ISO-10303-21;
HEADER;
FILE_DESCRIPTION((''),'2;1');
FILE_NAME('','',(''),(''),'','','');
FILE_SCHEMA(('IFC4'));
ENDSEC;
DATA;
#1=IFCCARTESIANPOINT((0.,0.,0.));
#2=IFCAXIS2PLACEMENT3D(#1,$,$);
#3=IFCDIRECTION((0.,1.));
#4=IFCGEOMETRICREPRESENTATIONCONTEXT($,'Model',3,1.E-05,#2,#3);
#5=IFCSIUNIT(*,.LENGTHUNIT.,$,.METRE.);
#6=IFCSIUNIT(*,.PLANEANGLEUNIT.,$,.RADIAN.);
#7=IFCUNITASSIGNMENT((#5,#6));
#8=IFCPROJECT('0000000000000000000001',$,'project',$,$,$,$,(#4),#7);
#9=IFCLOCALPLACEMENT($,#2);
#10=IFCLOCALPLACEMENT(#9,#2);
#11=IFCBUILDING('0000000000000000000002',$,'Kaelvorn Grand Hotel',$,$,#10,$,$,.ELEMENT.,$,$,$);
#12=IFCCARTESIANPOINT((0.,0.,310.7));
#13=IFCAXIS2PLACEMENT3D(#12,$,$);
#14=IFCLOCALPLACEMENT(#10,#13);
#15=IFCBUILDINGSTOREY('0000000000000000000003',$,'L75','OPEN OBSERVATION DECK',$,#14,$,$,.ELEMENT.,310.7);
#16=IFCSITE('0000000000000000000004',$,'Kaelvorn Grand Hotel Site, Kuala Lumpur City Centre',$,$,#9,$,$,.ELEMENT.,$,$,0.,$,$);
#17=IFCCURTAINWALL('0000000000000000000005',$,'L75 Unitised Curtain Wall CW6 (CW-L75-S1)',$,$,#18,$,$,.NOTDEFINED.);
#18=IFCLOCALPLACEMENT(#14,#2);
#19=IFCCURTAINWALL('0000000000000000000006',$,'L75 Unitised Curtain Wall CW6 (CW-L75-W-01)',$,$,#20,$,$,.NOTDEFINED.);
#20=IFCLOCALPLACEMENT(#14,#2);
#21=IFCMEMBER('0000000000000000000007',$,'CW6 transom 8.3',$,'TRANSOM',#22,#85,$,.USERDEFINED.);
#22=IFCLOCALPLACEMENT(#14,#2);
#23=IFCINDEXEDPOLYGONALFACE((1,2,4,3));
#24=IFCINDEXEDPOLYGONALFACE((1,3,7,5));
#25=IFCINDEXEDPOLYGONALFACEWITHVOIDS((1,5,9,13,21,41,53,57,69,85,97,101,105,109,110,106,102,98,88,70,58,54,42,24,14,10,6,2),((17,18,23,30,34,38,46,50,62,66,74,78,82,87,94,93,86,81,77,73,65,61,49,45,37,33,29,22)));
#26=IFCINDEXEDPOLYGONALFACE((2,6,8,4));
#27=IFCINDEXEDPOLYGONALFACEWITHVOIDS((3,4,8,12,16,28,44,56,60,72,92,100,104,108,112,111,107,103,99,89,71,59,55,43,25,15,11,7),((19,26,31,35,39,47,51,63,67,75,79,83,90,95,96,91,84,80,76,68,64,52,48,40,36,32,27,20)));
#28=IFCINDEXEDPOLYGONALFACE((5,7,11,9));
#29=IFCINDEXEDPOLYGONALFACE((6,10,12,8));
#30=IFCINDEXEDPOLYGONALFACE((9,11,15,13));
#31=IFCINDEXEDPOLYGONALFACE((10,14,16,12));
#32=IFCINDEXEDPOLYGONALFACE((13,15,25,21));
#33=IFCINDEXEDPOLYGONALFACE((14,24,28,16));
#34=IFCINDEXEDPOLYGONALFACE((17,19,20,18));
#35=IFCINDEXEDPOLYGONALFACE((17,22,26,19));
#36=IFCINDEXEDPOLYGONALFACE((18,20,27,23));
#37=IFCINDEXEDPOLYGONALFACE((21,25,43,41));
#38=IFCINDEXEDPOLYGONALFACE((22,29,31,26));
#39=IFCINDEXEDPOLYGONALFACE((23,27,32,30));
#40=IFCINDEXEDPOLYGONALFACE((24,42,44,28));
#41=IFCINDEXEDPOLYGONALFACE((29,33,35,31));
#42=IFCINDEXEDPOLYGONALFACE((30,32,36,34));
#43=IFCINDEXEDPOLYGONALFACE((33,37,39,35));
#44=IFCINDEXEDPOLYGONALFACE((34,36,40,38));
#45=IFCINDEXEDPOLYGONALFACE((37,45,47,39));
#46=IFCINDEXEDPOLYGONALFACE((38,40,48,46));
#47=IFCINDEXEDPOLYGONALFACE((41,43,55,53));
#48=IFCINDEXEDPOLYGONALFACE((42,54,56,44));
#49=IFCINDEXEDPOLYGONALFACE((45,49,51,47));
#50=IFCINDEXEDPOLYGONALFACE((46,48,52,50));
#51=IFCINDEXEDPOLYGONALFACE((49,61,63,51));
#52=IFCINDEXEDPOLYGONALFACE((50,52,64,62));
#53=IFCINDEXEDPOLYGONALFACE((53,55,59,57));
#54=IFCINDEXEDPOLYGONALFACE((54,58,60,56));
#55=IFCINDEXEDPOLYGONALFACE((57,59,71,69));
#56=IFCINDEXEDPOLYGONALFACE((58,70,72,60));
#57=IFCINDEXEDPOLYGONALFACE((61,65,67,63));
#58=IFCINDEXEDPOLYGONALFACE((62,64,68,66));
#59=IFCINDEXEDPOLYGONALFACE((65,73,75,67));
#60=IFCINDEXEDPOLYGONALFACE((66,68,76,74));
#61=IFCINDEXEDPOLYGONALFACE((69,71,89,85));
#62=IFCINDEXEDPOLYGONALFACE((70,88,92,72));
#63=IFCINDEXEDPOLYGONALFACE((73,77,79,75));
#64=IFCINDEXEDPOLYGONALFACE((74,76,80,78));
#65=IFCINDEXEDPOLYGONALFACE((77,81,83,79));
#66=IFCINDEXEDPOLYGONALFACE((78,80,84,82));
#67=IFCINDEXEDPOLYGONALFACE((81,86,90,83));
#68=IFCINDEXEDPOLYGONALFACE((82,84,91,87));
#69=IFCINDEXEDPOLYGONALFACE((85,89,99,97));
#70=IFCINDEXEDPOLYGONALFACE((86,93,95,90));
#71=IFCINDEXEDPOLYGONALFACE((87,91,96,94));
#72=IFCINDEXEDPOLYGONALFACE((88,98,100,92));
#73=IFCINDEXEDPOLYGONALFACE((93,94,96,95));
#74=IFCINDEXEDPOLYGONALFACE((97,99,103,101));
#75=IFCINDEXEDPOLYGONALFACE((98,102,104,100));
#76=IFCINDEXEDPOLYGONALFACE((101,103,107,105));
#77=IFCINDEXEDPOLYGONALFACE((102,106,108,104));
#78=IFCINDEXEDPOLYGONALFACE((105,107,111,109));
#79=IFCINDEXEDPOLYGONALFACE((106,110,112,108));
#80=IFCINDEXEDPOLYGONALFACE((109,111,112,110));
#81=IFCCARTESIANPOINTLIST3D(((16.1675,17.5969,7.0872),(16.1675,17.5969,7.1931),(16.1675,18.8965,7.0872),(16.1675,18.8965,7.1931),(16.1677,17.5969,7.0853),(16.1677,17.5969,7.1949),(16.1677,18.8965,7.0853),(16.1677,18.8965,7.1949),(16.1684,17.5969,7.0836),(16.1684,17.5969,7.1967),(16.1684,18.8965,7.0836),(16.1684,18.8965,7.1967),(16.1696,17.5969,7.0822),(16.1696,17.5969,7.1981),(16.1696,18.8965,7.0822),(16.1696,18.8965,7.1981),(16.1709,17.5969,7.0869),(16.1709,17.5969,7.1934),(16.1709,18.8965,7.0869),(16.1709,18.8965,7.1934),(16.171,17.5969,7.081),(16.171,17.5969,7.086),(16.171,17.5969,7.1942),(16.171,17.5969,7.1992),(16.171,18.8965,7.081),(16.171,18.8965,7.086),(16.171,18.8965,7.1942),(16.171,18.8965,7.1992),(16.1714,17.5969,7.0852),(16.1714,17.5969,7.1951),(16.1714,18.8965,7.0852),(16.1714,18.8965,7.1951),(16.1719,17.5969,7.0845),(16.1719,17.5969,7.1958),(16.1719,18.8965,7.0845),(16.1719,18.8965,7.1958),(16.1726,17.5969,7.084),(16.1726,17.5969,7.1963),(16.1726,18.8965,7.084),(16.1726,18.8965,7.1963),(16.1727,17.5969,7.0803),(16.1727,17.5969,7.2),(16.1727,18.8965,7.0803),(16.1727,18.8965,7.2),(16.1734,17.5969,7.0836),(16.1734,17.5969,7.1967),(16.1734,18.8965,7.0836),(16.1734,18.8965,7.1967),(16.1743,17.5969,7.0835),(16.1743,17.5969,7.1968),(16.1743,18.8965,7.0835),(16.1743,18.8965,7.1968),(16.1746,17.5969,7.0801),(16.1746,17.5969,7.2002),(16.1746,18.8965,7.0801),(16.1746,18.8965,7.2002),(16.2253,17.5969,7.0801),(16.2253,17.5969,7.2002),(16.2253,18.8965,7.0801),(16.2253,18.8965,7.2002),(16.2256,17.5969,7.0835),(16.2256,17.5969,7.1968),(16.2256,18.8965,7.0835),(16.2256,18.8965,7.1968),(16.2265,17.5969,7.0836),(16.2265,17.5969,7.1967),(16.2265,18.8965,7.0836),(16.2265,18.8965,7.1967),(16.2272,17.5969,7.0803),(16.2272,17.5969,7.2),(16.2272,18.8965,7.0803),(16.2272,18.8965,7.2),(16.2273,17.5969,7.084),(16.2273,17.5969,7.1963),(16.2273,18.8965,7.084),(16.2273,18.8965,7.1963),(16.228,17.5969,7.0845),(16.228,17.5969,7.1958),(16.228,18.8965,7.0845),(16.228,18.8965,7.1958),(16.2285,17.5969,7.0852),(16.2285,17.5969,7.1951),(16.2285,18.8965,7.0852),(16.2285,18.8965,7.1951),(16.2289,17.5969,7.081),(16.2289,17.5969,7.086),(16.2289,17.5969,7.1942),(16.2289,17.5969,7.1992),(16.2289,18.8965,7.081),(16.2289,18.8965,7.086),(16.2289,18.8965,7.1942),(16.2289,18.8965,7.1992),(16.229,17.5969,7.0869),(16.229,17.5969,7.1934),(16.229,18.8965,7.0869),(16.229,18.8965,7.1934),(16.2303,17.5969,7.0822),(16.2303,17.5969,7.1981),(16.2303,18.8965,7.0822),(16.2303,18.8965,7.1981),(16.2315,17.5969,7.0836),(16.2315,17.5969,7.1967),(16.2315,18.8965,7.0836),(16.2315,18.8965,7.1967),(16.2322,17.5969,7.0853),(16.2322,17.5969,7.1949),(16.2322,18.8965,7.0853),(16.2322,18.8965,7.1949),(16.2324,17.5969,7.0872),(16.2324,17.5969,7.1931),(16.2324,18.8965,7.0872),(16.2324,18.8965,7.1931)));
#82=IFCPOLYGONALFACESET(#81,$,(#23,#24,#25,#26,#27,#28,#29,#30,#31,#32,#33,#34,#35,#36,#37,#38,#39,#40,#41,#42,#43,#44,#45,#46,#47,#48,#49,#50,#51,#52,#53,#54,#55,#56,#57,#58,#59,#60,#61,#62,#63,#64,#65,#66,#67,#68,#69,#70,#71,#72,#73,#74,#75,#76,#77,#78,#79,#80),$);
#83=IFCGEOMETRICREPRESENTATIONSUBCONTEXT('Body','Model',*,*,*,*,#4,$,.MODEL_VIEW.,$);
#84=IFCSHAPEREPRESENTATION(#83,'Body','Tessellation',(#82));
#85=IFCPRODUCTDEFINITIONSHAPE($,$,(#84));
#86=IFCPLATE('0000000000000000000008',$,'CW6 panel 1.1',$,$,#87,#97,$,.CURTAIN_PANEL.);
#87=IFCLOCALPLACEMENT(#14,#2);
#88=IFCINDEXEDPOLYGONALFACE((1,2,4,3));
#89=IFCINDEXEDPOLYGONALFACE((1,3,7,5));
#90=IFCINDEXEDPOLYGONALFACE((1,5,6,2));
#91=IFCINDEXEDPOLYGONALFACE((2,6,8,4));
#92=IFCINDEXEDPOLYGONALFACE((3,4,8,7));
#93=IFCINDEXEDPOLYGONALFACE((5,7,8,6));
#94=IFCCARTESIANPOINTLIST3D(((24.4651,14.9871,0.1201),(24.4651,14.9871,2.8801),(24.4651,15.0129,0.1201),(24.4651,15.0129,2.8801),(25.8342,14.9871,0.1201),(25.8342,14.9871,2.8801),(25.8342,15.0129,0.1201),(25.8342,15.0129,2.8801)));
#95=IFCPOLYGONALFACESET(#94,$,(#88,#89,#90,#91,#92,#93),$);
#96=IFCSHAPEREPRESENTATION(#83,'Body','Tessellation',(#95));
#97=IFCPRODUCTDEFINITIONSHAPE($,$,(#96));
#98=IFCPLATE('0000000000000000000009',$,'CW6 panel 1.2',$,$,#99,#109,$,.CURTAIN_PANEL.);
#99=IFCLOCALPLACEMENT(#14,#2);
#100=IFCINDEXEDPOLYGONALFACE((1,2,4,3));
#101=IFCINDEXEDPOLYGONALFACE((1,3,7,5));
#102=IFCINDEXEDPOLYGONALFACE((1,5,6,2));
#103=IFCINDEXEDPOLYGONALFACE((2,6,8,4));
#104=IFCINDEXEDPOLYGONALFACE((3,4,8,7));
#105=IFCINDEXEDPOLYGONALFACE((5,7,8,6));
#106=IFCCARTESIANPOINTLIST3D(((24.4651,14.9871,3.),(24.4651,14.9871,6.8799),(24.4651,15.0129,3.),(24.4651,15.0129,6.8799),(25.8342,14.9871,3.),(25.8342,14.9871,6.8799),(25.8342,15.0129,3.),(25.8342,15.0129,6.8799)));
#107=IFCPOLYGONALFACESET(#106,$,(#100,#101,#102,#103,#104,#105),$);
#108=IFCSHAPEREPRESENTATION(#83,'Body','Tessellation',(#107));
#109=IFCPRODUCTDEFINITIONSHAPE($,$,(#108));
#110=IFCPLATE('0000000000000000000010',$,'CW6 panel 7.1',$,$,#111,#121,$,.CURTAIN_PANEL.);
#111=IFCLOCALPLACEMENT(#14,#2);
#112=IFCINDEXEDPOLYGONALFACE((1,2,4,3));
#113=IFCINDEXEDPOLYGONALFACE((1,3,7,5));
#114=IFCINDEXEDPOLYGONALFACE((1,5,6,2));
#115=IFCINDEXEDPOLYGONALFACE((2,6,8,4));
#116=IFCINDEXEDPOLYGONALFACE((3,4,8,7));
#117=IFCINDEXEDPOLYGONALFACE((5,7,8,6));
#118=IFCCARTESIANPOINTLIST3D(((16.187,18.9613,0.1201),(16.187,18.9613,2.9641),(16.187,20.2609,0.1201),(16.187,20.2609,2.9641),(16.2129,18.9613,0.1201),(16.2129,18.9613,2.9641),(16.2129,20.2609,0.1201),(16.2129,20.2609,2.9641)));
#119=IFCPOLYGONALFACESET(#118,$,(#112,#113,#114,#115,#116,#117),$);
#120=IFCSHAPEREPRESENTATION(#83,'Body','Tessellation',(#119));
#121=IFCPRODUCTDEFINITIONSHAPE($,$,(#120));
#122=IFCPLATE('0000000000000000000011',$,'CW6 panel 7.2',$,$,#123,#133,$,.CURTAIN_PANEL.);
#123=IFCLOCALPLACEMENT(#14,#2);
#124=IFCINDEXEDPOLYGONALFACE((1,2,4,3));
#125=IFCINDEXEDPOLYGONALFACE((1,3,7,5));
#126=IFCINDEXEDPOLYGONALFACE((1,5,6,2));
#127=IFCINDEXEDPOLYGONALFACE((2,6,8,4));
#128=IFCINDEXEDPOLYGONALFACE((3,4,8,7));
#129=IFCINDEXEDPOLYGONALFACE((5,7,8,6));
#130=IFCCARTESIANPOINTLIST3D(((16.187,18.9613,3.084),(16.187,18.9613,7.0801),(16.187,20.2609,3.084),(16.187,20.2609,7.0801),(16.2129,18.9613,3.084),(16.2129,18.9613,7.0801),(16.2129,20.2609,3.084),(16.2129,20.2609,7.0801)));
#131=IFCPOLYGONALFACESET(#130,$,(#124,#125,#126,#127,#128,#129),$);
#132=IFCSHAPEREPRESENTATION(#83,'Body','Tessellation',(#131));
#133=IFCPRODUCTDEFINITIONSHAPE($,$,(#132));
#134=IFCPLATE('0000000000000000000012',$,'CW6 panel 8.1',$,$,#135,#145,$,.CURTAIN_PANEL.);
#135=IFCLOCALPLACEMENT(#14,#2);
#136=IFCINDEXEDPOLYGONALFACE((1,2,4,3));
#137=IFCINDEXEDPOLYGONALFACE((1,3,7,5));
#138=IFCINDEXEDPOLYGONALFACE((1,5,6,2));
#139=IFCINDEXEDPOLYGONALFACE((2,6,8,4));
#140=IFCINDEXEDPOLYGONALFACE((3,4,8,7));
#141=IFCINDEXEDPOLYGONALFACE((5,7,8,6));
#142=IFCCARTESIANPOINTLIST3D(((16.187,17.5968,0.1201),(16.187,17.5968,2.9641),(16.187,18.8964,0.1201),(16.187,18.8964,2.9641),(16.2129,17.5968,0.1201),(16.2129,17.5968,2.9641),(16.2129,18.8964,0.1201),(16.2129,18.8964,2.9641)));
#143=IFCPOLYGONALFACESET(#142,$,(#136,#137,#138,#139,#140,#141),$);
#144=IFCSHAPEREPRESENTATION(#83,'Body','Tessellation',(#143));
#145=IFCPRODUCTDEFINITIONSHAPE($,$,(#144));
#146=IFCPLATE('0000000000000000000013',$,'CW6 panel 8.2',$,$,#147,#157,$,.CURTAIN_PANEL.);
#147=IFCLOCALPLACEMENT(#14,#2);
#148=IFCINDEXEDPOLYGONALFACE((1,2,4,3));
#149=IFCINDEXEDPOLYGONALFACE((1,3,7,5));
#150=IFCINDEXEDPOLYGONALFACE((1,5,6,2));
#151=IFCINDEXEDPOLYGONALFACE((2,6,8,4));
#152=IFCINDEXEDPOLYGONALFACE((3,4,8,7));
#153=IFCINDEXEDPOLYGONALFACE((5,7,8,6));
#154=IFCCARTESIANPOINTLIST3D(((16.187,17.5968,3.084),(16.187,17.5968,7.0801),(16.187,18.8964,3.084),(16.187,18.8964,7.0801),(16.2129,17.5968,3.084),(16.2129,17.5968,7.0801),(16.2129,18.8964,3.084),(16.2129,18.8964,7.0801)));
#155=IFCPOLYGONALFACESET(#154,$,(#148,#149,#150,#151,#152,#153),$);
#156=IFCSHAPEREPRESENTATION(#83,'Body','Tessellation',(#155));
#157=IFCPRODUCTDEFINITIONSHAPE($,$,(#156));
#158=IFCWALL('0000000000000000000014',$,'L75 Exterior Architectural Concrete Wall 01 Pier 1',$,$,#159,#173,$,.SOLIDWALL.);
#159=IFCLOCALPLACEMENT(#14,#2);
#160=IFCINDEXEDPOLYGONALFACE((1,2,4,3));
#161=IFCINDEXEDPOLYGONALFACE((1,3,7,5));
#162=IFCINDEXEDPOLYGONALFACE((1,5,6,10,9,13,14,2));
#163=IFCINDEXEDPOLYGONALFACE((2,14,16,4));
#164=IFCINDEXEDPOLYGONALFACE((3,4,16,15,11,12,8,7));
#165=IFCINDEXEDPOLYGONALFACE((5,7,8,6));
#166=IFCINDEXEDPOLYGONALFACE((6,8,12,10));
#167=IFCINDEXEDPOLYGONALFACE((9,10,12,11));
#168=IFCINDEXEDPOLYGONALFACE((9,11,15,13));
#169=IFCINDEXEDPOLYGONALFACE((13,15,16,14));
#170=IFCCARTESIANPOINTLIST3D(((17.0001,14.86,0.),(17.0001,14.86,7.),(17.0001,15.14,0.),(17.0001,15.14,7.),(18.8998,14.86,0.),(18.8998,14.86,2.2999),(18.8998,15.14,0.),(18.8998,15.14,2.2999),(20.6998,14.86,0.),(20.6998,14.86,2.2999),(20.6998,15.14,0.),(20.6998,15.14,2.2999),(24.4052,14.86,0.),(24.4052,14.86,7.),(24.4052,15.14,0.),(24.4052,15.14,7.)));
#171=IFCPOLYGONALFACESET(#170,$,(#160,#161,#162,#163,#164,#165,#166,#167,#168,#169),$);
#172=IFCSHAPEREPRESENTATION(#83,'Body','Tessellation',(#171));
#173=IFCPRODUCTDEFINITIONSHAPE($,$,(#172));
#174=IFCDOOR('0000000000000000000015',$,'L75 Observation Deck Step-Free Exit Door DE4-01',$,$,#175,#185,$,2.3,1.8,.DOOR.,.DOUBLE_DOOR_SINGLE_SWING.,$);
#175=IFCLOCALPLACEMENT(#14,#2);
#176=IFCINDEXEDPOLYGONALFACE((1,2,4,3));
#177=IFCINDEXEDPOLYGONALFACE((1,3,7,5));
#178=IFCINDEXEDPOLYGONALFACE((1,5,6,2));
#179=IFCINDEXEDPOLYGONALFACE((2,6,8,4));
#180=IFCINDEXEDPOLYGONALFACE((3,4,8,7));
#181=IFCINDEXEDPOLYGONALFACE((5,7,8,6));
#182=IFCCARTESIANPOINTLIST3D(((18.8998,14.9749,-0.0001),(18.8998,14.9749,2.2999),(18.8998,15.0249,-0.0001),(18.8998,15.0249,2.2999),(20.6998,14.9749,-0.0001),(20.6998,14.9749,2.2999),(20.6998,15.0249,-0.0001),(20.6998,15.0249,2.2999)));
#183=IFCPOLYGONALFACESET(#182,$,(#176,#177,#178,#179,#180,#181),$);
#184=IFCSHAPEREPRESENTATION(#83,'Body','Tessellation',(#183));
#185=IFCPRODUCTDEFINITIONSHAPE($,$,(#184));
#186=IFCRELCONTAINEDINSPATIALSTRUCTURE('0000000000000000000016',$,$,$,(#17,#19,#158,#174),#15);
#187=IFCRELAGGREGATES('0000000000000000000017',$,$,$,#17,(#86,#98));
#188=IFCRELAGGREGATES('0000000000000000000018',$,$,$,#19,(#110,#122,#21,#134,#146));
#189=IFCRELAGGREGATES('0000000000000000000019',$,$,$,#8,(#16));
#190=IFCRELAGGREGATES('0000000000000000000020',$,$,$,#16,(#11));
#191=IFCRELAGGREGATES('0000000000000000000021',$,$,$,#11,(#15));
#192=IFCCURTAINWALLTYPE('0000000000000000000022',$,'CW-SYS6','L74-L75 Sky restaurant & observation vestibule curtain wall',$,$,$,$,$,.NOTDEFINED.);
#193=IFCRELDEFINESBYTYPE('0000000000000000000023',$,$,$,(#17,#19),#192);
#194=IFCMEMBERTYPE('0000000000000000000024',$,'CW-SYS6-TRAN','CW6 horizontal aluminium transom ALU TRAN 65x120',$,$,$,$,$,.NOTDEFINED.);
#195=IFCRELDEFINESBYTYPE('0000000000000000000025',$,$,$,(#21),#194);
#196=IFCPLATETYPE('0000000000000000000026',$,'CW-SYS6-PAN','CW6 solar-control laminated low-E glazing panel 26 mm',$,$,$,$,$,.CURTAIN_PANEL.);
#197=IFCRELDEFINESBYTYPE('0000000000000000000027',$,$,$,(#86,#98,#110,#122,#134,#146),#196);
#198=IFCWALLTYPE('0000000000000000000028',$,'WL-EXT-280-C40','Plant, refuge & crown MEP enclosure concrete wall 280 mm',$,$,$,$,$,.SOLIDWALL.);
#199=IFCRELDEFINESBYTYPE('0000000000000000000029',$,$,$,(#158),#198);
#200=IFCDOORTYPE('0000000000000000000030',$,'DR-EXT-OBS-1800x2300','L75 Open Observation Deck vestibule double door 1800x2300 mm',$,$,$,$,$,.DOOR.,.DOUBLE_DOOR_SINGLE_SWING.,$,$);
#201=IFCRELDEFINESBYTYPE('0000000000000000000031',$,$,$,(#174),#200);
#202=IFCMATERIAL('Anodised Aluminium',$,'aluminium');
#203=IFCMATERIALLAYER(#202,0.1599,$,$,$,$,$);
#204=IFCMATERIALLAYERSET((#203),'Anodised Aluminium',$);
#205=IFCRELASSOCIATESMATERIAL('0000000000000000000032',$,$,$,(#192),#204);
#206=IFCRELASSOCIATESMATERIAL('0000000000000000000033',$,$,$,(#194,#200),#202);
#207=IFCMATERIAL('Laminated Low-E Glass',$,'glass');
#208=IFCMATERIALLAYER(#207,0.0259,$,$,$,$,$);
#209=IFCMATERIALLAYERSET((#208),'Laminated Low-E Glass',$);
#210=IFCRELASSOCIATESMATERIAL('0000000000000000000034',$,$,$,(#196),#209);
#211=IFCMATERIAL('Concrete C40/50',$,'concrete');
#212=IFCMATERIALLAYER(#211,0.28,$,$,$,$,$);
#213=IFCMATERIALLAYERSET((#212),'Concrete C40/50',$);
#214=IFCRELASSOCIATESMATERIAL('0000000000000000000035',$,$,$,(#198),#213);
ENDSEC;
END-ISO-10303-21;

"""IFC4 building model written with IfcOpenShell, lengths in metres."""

from ifc_helpers import new_model, si_unit, direction, frame, frame_2d, origin, origin_2d, place, context, subcontext, project, spatial, rectangle, hollow_rectangle, extrude, material, layer, layer_set, material_profile, profile_set, type_object, element, fill, aggregate, save


model = new_model("IFC4")

# Units and contexts
model_context = context("Model", 3, precision=1e-05, world=origin(), true_north=direction((0.0, 1.0)))
body_context = subcontext(model_context, "Body", "Model", "MODEL_VIEW")
ifc_project = project(units=[si_unit("LENGTHUNIT", "METRE"), si_unit("PLANEANGLEUNIT", "RADIAN")], contexts=[model_context])

# Site, building, storey
site_placement = place(None, origin())
site = spatial("IfcSite", under=ifc_project, at=site_placement, Name="Kaelvorn Grand Hotel Site, Kuala Lumpur City Centre", CompositionType="ELEMENT", RefElevation=0.0)
building_placement = place(site_placement, origin())
building = spatial("IfcBuilding", under=site, at=building_placement, Name="Kaelvorn Grand Hotel", CompositionType="ELEMENT")
storey_placement = place(building_placement, frame((0.0, 0.0, 310.7)))
storey = spatial("IfcBuildingStorey", under=building, at=storey_placement, Name="L75", Description="OPEN OBSERVATION DECK", CompositionType="ELEMENT", Elevation=310.7)

# Curtain walls
ifc_material_1 = material(Name="Anodised Aluminium", Category="aluminium")
ifc_layer_1 = layer(ifc_material_1, 0.1599)
ifc_layer_set_1 = layer_set([ifc_layer_1], Name="Anodised Aluminium")
curtain_wall_type = type_object("IfcCurtainWallType", Name="CW-SYS6", Description="L74-L75 Sky restaurant & observation vestibule curtain wall", PredefinedType="NOTDEFINED", material=ifc_layer_set_1)
curtain_wall_1_placement = place(storey_placement, origin())
curtain_wall_1 = element("IfcCurtainWall", 1, at=curtain_wall_1_placement, inside=storey, type_object=curtain_wall_type, Name="L75 Unitised Curtain Wall CW6 (CW-L75-S1)", PredefinedType="NOTDEFINED")
curtain_wall_2_placement = place(storey_placement, origin())
curtain_wall_2 = element("IfcCurtainWall", 2, at=curtain_wall_2_placement, inside=storey, type_object=curtain_wall_type, Name="L75 Unitised Curtain Wall CW6 (CW-L75-W-01)", PredefinedType="NOTDEFINED")

# Member
ifc_material_profile_1 = material_profile(ifc_material_1, hollow_rectangle(XDim=0.0649, YDim=0.1201, WallThickness=0.0034, InnerFilletRadius=0.0034, OuterFilletRadius=0.0071, at=origin_2d()), Name="ALU TRAN 65x120")
ifc_profile_set_1 = profile_set([ifc_material_profile_1], Name="Anodised Aluminium")
member_type_1 = type_object("IfcMemberType", Name="CW-SYS6-TRAN", Description="CW6 horizontal aluminium transom ALU TRAN 65x120", PredefinedType="NOTDEFINED", material=ifc_profile_set_1)
member_1_placement = place(storey_placement, frame((16.2, 18.8965, 7.1401), z_axis=(0.0, -1.0, 0.0), x_axis=(1.0, 0.0, 0.0)))
member_1 = element("IfcMember", 3, at=member_1_placement, type_object=member_type_1, Name="CW6 transom 8.3", ObjectType="TRANSOM", PredefinedType="USERDEFINED", context=body_context, shape_type="SweptSolid", body=[
    extrude(hollow_rectangle(XDim=0.0649, YDim=0.1201, WallThickness=0.0034, InnerFilletRadius=0.0034, OuterFilletRadius=0.0071, at=origin_2d()), origin(), (0.0, 0.0, 1.0), 1.2996),
])

# Plates
ifc_material_2 = material(Name="Laminated Low-E Glass", Category="glass")
ifc_layer_2 = layer(ifc_material_2, 0.0259)
ifc_layer_set_2 = layer_set([ifc_layer_2], Name="Laminated Low-E Glass")
plate_type = type_object("IfcPlateType", Name="CW-SYS6-PAN", Description="CW6 solar-control laminated low-E glazing panel 26 mm", PredefinedType="CURTAIN_PANEL", material=ifc_layer_set_2)
plate_1_placement = place(storey_placement, frame((25.1497, 15.0, 0.1201), z_axis=(0.0, 0.0, 1.0), x_axis=(1.0, 0.0, 0.0)))
plate_1 = element("IfcPlate", 4, at=plate_1_placement, type_object=plate_type, Name="CW6 panel 1.1", PredefinedType="CURTAIN_PANEL", context=body_context, shape_type="SweptSolid", body=[
    extrude(rectangle(XDim=1.3691, YDim=0.0259, at=origin_2d()), origin(), (0.0, 0.0, 1.0), 2.76),
])
plate_2_placement = place(storey_placement, frame((25.1497, 15.0, 3.0), z_axis=(0.0, 0.0, 1.0), x_axis=(1.0, 0.0, 0.0)))
plate_2 = element("IfcPlate", 5, at=plate_2_placement, type_object=plate_type, Name="CW6 panel 1.2", PredefinedType="CURTAIN_PANEL", context=body_context, shape_type="SweptSolid", body=[
    extrude(rectangle(XDim=1.3691, YDim=0.0259, at=origin_2d()), origin(), (0.0, 0.0, 1.0), 3.8799),
])
aggregate(curtain_wall_1, [plate_1, plate_2])
plate_3_placement = place(storey_placement, frame((16.2, 19.6111, 0.1201), z_axis=(0.0, 0.0, 1.0), x_axis=(0.0, -1.0, 0.0)))
plate_3 = element("IfcPlate", 6, at=plate_3_placement, type_object=plate_type, Name="CW6 panel 7.1", PredefinedType="CURTAIN_PANEL", context=body_context, shape_type="SweptSolid", body=[
    extrude(rectangle(XDim=1.2996, YDim=0.0259, at=origin_2d()), origin(), (0.0, 0.0, 1.0), 2.844),
])
plate_4_placement = place(storey_placement, frame((16.2, 19.6111, 3.084), z_axis=(0.0, 0.0, 1.0), x_axis=(0.0, -1.0, 0.0)))
plate_4 = element("IfcPlate", 7, at=plate_4_placement, type_object=plate_type, Name="CW6 panel 7.2", PredefinedType="CURTAIN_PANEL", context=body_context, shape_type="SweptSolid", body=[
    extrude(rectangle(XDim=1.2996, YDim=0.0259, at=origin_2d()), origin(), (0.0, 0.0, 1.0), 3.9961),
])
plate_5_placement = place(storey_placement, frame((16.2, 18.2466, 0.1201), z_axis=(0.0, 0.0, 1.0), x_axis=(0.0, -1.0, 0.0)))
plate_5 = element("IfcPlate", 8, at=plate_5_placement, type_object=plate_type, Name="CW6 panel 8.1", PredefinedType="CURTAIN_PANEL", context=body_context, shape_type="SweptSolid", body=[
    extrude(rectangle(XDim=1.2996, YDim=0.0259, at=origin_2d()), origin(), (0.0, 0.0, 1.0), 2.844),
])
plate_6_placement = place(storey_placement, frame((16.2, 18.2466, 3.084), z_axis=(0.0, 0.0, 1.0), x_axis=(0.0, -1.0, 0.0)))
plate_6 = element("IfcPlate", 9, at=plate_6_placement, type_object=plate_type, Name="CW6 panel 8.2", PredefinedType="CURTAIN_PANEL", context=body_context, shape_type="SweptSolid", body=[
    extrude(rectangle(XDim=1.2996, YDim=0.0259, at=origin_2d()), origin(), (0.0, 0.0, 1.0), 3.9961),
])
aggregate(curtain_wall_2, [plate_3, plate_4, member_1, plate_5, plate_6])

# Wall, opening, door
ifc_material_3 = material(Name="Concrete C40/50", Category="concrete")
ifc_layer_3 = layer(ifc_material_3, 0.28)
ifc_layer_set_3 = layer_set([ifc_layer_3], Name="Concrete C40/50")
wall_type = type_object("IfcWallType", Name="WL-EXT-280-C40", Description="Plant, refuge & crown MEP enclosure concrete wall 280 mm", PredefinedType="SOLIDWALL", material=ifc_layer_set_3)
wall_placement = place(storey_placement, frame((17.0, 15.0, 0.0), z_axis=(0.0, 0.0, 1.0), x_axis=(1.0, 0.0, 0.0)))
wall = element("IfcWall", 10, at=wall_placement, inside=storey, type_object=wall_type, Name="L75 Exterior Architectural Concrete Wall 01 Pier 1", PredefinedType="SOLIDWALL", context=body_context, shape_type="SweptSolid", body=[
    extrude(rectangle(XDim=7.405, YDim=0.28, at=frame_2d((3.7026, 0.0))), origin(), (0.0, 0.0, 1.0), 7.0),
])
opening_placement = place(wall_placement, frame((1.8999, 0.0, 0.0)))
opening = element("IfcOpeningElement", 11, at=opening_placement, cuts=wall, PredefinedType="OPENING", context=body_context, shape_type="SweptSolid", body=[
    extrude(rectangle(XDim=1.8, YDim=2.3, at=frame_2d((0.8999, 1.1499))), frame((0.0, 0.1499, 0.0), z_axis=(0.0, -1.0, 0.0), x_axis=(1.0, 0.0, 0.0)), (0.0, 0.0, 1.0), 0.3),
])
door_type = type_object("IfcDoorType", Name="DR-EXT-OBS-1800x2300", Description="L75 Open Observation Deck vestibule double door 1800x2300 mm", OperationType="DOUBLE_DOOR_SINGLE_SWING", PredefinedType="DOOR", material=ifc_material_1)
door_placement = place(opening_placement, origin())
door = element("IfcDoor", 12, at=door_placement, inside=storey, type_object=door_type, Name="L75 Observation Deck Step-Free Exit Door DE4-01", OperationType="DOUBLE_DOOR_SINGLE_SWING", OverallHeight=2.3, OverallWidth=1.8, PredefinedType="DOOR", context=body_context, shape_type="SweptSolid", body=[
    extrude(rectangle(XDim=1.8, YDim=2.3, at=frame_2d((0.8999, 1.1499))), frame((0.0, 0.0249, 0.0), z_axis=(0.0, -1.0, 0.0), x_axis=(1.0, 0.0, 0.0)), (0.0, 0.0, 1.0), 0.05),
])
fill(opening, door)

save(model, "model.ifc")
